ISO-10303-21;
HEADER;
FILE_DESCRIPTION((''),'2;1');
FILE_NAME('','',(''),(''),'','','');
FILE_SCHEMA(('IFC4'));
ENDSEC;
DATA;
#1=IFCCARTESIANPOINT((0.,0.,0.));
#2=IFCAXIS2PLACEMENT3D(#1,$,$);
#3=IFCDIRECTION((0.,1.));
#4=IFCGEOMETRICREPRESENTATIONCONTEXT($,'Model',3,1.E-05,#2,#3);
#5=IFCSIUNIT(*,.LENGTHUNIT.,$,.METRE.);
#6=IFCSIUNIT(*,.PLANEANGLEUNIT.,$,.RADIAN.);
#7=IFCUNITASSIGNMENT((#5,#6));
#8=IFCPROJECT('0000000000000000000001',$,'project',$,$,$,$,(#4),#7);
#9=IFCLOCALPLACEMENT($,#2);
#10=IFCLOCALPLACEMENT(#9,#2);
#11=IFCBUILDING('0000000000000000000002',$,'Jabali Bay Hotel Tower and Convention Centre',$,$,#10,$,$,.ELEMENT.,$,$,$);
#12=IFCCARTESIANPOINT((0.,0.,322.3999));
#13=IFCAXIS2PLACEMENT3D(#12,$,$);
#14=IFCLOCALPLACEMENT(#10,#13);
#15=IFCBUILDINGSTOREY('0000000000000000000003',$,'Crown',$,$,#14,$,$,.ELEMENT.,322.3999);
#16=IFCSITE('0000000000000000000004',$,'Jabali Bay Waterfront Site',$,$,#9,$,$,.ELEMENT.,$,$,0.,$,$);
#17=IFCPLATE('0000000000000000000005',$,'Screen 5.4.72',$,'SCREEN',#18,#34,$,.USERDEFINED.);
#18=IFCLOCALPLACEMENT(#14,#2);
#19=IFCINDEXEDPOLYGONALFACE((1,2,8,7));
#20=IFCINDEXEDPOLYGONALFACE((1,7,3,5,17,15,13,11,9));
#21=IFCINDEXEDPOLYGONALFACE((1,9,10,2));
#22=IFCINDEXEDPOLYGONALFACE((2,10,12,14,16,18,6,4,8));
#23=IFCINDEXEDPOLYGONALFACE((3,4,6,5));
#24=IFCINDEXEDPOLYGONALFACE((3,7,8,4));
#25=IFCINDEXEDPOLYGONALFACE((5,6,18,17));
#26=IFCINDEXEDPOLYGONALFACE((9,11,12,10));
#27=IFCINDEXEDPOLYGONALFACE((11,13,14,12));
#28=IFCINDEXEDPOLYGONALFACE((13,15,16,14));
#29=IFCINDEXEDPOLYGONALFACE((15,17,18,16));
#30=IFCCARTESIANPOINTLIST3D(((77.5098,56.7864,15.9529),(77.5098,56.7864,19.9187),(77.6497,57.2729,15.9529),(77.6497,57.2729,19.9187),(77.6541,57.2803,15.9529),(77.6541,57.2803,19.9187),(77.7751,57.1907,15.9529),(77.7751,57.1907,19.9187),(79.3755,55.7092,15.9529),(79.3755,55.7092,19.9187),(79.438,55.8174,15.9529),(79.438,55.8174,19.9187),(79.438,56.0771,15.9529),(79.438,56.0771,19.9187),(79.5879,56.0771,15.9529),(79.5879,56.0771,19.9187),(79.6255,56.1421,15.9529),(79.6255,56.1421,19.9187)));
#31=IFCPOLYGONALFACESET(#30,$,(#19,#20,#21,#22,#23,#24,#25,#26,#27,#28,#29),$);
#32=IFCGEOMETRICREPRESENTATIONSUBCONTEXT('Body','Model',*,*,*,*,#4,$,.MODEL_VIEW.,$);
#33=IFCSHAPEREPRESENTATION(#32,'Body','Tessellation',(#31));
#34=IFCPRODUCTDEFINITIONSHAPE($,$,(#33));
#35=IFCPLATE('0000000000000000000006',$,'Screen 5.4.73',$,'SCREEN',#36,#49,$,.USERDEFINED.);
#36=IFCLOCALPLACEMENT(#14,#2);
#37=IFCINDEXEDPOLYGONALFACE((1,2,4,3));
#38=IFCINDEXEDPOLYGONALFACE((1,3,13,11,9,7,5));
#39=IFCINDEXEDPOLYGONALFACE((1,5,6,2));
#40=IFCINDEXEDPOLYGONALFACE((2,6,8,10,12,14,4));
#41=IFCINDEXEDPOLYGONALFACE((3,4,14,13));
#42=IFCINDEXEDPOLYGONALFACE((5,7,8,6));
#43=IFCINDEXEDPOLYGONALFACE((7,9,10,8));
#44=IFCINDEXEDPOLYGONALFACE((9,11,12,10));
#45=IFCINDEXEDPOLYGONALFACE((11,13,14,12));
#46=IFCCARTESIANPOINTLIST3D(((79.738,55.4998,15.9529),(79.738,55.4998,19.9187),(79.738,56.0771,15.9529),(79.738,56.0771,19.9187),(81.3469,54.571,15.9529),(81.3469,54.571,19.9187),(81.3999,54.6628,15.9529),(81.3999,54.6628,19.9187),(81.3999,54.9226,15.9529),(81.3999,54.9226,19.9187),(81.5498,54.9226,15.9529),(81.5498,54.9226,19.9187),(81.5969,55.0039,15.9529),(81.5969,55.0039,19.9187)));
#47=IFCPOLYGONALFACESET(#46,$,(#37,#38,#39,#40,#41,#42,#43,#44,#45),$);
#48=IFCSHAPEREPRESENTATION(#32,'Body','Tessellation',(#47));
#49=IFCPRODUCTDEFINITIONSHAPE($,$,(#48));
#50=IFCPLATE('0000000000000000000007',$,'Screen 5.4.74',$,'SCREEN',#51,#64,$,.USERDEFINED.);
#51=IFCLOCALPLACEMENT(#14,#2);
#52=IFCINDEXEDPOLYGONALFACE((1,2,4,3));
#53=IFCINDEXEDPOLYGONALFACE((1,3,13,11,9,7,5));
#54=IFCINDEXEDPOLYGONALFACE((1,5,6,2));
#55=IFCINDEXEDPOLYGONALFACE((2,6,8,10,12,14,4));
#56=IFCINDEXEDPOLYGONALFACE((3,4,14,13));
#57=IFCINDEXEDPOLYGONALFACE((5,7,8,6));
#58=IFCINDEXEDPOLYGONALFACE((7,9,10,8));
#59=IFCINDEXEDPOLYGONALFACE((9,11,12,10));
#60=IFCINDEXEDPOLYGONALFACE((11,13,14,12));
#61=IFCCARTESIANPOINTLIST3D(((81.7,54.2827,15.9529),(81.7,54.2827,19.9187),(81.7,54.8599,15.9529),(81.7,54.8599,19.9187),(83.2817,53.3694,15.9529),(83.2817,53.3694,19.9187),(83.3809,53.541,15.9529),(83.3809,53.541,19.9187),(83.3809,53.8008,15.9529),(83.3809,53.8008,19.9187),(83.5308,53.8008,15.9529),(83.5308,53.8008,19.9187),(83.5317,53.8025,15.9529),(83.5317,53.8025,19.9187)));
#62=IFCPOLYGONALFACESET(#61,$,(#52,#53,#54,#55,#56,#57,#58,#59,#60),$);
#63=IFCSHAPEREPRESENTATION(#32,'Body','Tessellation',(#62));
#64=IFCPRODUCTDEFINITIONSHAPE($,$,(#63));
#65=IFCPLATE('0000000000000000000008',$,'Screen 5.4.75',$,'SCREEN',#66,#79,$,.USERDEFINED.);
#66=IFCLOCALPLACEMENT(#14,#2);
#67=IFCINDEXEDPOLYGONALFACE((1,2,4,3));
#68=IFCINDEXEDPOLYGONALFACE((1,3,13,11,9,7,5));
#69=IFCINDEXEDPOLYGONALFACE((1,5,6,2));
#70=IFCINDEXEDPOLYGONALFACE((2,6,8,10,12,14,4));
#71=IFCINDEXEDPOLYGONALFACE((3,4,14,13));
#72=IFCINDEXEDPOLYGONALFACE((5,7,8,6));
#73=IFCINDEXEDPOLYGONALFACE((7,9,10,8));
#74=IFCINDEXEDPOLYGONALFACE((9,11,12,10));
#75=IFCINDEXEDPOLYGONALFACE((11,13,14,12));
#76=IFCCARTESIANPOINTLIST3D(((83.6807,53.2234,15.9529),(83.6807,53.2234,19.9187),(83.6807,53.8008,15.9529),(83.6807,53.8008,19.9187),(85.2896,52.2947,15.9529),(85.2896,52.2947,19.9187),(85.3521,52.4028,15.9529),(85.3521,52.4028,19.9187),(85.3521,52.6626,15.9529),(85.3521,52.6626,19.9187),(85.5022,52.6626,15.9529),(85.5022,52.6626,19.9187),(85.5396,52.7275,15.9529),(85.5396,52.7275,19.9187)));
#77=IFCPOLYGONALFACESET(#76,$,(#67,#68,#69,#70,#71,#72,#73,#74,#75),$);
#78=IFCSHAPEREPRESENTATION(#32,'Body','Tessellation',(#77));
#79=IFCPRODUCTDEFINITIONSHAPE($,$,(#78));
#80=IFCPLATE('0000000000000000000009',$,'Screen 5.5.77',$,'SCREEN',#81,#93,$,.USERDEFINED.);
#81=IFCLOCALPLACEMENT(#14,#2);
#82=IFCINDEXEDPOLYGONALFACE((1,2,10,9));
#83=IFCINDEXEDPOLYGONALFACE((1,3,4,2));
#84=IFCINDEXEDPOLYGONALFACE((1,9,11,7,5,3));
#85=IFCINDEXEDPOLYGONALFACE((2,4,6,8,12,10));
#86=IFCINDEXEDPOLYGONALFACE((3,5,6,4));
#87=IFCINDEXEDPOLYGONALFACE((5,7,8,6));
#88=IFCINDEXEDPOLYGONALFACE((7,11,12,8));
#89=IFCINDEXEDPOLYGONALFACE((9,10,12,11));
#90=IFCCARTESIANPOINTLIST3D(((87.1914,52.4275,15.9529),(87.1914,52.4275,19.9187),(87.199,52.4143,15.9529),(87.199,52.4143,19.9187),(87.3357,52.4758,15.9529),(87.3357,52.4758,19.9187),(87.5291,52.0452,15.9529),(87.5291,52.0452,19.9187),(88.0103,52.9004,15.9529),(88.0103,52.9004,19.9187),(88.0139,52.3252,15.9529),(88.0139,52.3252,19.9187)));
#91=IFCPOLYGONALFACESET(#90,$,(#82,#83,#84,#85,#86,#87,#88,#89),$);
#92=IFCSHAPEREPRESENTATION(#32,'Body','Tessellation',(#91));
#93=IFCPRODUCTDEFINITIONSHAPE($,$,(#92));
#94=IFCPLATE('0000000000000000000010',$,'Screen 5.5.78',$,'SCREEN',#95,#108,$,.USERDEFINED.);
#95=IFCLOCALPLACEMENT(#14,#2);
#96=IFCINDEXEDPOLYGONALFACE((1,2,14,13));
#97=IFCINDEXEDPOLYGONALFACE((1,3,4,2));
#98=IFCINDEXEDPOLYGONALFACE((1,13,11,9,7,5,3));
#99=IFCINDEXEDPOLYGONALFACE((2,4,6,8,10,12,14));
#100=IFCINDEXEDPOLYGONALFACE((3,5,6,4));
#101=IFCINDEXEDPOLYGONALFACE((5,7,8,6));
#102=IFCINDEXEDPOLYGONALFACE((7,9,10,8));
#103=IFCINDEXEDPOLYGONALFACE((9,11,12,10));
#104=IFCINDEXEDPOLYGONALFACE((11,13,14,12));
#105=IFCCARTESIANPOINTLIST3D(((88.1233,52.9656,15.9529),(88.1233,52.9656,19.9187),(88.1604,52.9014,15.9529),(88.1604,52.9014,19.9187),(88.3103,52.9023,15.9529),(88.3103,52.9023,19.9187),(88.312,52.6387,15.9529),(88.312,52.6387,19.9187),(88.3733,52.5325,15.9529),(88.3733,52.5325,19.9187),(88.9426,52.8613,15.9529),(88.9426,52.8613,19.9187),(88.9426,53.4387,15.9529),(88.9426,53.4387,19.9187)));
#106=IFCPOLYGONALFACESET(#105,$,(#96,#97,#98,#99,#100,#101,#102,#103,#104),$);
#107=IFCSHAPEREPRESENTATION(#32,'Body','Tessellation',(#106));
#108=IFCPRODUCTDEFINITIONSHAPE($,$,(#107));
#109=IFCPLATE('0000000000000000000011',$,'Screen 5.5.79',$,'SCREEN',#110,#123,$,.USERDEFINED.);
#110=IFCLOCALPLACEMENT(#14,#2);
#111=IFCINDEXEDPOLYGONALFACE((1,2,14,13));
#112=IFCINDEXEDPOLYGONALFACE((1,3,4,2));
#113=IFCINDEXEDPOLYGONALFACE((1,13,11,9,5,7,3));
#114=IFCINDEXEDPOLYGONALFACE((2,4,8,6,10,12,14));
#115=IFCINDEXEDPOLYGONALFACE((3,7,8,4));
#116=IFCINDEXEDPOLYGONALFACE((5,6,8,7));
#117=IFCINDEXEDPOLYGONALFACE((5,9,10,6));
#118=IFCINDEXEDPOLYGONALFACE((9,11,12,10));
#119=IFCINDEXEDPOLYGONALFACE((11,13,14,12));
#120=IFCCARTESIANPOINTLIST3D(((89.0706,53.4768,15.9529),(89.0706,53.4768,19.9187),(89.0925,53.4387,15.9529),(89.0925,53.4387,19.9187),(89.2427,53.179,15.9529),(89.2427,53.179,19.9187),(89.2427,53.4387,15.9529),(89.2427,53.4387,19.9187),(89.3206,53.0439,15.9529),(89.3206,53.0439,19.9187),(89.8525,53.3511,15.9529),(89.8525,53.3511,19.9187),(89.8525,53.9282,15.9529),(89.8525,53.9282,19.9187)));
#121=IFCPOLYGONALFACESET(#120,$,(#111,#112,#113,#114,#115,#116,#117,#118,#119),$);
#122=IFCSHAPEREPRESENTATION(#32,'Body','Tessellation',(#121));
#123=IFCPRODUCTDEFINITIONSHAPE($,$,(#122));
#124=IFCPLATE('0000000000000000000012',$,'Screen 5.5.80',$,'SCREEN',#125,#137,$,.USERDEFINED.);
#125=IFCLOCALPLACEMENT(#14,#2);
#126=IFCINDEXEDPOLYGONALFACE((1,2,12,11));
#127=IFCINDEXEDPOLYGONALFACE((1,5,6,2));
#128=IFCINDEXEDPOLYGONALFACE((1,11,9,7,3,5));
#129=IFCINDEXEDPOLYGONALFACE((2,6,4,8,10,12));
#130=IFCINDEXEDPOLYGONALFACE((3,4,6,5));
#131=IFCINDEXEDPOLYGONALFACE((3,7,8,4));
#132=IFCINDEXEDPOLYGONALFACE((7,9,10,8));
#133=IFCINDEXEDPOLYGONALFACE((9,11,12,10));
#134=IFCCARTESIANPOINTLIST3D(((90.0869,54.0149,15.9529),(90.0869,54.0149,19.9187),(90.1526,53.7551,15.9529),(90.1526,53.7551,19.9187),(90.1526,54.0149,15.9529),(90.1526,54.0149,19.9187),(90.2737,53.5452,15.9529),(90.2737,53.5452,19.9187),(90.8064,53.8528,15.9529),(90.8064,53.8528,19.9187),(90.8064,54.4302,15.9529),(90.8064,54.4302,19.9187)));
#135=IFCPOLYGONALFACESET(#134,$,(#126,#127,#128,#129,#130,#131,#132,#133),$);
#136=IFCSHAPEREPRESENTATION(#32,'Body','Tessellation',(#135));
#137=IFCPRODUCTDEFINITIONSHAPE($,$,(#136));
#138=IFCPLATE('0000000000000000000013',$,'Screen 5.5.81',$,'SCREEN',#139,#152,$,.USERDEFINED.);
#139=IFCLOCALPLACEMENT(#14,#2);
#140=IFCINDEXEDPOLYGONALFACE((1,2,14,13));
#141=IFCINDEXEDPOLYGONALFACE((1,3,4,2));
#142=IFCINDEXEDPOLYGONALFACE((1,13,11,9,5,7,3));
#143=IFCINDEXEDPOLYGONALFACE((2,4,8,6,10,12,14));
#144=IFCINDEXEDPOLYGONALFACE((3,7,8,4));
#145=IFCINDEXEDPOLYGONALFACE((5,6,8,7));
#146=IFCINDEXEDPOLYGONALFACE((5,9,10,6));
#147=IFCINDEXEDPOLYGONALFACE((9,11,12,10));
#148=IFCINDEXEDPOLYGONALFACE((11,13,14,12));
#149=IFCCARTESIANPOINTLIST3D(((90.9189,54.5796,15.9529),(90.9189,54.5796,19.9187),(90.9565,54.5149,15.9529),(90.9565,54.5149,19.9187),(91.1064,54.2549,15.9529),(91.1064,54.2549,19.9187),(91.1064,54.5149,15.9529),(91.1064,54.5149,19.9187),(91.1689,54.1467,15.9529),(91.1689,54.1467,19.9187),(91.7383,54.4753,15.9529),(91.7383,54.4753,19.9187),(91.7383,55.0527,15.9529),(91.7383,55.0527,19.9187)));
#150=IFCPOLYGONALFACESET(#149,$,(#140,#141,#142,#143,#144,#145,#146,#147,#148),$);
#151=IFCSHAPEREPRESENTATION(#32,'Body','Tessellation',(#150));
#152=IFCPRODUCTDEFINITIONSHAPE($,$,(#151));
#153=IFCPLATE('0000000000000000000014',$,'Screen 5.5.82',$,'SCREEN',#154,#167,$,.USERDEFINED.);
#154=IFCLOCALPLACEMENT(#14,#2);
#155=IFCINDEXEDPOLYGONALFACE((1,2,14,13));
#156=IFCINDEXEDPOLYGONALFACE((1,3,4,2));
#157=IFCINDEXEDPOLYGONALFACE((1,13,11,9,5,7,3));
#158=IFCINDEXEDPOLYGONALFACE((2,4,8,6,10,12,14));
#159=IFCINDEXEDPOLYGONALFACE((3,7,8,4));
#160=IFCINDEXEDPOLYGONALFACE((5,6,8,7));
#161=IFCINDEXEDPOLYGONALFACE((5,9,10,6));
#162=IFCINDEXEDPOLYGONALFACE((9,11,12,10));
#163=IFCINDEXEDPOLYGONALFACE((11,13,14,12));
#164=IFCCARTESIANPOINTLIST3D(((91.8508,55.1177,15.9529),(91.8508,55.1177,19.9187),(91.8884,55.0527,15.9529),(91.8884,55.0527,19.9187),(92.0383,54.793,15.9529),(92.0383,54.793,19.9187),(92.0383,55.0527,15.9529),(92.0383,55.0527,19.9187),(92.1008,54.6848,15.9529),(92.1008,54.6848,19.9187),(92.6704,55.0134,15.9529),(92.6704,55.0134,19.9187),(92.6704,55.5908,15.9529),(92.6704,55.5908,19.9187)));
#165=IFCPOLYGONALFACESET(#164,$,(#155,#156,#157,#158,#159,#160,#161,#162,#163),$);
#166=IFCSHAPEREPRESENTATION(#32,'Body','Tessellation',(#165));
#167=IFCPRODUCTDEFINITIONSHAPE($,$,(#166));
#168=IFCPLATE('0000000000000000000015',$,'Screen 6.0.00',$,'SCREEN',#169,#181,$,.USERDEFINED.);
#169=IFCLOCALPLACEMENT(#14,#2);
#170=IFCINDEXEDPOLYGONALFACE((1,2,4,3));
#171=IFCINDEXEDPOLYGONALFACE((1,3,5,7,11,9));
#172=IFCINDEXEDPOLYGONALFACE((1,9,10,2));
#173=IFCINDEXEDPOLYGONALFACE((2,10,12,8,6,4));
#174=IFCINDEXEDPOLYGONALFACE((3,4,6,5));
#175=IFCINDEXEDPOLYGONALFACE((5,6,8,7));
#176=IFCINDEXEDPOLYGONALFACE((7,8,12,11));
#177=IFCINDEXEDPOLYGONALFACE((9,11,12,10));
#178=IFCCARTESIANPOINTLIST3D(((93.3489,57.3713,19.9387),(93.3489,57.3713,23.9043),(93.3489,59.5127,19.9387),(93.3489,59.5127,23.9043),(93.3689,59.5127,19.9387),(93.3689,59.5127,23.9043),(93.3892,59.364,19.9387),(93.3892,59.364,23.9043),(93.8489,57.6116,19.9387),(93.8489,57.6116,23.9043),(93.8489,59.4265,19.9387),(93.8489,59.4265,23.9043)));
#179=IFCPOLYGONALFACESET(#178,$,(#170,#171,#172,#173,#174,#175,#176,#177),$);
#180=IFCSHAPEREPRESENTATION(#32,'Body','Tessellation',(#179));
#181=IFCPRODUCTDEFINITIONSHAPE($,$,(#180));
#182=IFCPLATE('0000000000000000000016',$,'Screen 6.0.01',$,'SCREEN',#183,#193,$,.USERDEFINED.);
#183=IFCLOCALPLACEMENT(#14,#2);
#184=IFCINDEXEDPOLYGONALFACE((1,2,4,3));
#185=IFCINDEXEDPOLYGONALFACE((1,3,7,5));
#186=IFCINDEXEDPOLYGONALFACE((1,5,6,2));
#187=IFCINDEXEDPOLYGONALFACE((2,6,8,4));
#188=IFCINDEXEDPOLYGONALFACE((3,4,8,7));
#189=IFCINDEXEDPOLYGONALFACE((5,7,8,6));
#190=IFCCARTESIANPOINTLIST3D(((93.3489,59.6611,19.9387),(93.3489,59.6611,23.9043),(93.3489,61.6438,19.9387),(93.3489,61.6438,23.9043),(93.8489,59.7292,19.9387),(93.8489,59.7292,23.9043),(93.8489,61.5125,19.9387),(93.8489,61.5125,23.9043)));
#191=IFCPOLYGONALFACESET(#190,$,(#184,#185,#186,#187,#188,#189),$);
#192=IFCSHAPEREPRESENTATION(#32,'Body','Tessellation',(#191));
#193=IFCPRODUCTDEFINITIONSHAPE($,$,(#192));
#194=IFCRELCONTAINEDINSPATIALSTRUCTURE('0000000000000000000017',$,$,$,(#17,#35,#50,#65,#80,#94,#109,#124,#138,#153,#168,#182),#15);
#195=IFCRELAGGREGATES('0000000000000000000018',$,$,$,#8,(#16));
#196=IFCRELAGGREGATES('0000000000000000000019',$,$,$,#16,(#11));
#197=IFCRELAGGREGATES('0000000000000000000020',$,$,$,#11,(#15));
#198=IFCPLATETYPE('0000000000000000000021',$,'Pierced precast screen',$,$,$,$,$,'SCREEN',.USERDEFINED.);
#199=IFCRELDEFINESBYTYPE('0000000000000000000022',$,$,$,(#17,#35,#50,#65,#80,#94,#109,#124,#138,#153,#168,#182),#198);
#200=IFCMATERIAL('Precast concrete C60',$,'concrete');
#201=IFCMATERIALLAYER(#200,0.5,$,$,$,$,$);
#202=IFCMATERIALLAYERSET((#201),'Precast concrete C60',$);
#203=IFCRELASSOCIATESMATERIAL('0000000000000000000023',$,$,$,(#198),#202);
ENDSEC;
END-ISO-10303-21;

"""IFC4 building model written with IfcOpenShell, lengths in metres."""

from ifc_helpers import new_model, si_unit, direction, frame, origin, place, context, subcontext, project, spatial, polyline, outline, extrude, material, layer, layer_set, type_object, element, save


model = new_model("IFC4")

# Units and contexts
model_context = context("Model", 3, precision=1e-05, world=origin(), true_north=direction((0.0, 1.0)))
body_context = subcontext(model_context, "Body", "Model", "MODEL_VIEW")
ifc_project = project(units=[si_unit("LENGTHUNIT", "METRE"), si_unit("PLANEANGLEUNIT", "RADIAN")], contexts=[model_context])

# Site, building, storey
site_placement = place(None, origin())
site = spatial("IfcSite", under=ifc_project, at=site_placement, Name="Jabali Bay Waterfront Site", CompositionType="ELEMENT", RefElevation=0.0)
building_placement = place(site_placement, origin())
building = spatial("IfcBuilding", under=site, at=building_placement, Name="Jabali Bay Hotel Tower and Convention Centre", CompositionType="ELEMENT")
storey_placement = place(building_placement, frame((0.0, 0.0, 322.3999)))
storey = spatial("IfcBuildingStorey", under=building, at=storey_placement, Name="Crown", CompositionType="ELEMENT", Elevation=322.3999)

# Plates
ifc_material = material(Name="Precast concrete C60", Category="concrete")
ifc_layer = layer(ifc_material, 0.5)
ifc_layer_set = layer_set([ifc_layer], Name="Precast concrete C60")
plate_type = type_object("IfcPlateType", Name="Pierced precast screen", ElementType="SCREEN", PredefinedType="USERDEFINED", material=ifc_layer_set)
plate_1_placement = place(storey_placement, frame((0.0, 0.0, 15.9529)))
element("IfcPlate", 1, at=plate_1_placement, inside=storey, type_object=plate_type, Name="Screen 5.4.72", ObjectType="SCREEN", PredefinedType="USERDEFINED", context=body_context, shape_type="SweptSolid", body=[
    extrude(outline(polyline([(79.6255, 56.1421), (77.6541, 57.2803), (77.6497, 57.2729), (77.7751, 57.1907), (77.5098, 56.7864), (79.3755, 55.7092), (79.438, 55.8174), (79.438, 56.0771), (79.5879, 56.0771), (79.6255, 56.1421)])), origin(), (0.0, 0.0, 1.0), 3.9658),
])
plate_2_placement = place(storey_placement, frame((0.0, 0.0, 15.9529)))
element("IfcPlate", 2, at=plate_2_placement, inside=storey, type_object=plate_type, Name="Screen 5.4.73", ObjectType="SCREEN", PredefinedType="USERDEFINED", context=body_context, shape_type="SweptSolid", body=[
    extrude(outline(polyline([(81.5969, 55.0039), (79.738, 56.0771), (79.738, 55.4998), (81.3469, 54.571), (81.3999, 54.6628), (81.3999, 54.9226), (81.5498, 54.9226), (81.5969, 55.0039)])), origin(), (0.0, 0.0, 1.0), 3.9658),
])
plate_3_placement = place(storey_placement, frame((0.0, 0.0, 15.9529)))
element("IfcPlate", 3, at=plate_3_placement, inside=storey, type_object=plate_type, Name="Screen 5.4.74", ObjectType="SCREEN", PredefinedType="USERDEFINED", context=body_context, shape_type="SweptSolid", body=[
    extrude(outline(polyline([(83.5317, 53.8025), (81.7, 54.8599), (81.7, 54.2827), (83.2817, 53.3694), (83.3809, 53.541), (83.3809, 53.8008), (83.5308, 53.8008), (83.5317, 53.8025)])), origin(), (0.0, 0.0, 1.0), 3.9658),
])
plate_4_placement = place(storey_placement, frame((0.0, 0.0, 15.9529)))
element("IfcPlate", 4, at=plate_4_placement, inside=storey, type_object=plate_type, Name="Screen 5.4.75", ObjectType="SCREEN", PredefinedType="USERDEFINED", context=body_context, shape_type="SweptSolid", body=[
    extrude(outline(polyline([(85.5396, 52.7275), (83.6807, 53.8008), (83.6807, 53.2234), (85.2896, 52.2947), (85.3521, 52.4028), (85.3521, 52.6626), (85.5022, 52.6626), (85.5396, 52.7275)])), origin(), (0.0, 0.0, 1.0), 3.9658),
])
plate_5_placement = place(storey_placement, frame((0.0, 0.0, 15.9529)))
element("IfcPlate", 5, at=plate_5_placement, inside=storey, type_object=plate_type, Name="Screen 5.5.77", ObjectType="SCREEN", PredefinedType="USERDEFINED", context=body_context, shape_type="SweptSolid", body=[
    extrude(outline(polyline([(88.0103, 52.9004), (87.1914, 52.4275), (87.199, 52.4143), (87.3357, 52.4758), (87.5291, 52.0452), (88.0139, 52.3252), (88.0103, 52.9004)])), origin(), (0.0, 0.0, 1.0), 3.9658),
])
plate_6_placement = place(storey_placement, frame((0.0, 0.0, 15.9529)))
element("IfcPlate", 6, at=plate_6_placement, inside=storey, type_object=plate_type, Name="Screen 5.5.78", ObjectType="SCREEN", PredefinedType="USERDEFINED", context=body_context, shape_type="SweptSolid", body=[
    extrude(outline(polyline([(88.9426, 53.4387), (88.1233, 52.9656), (88.1604, 52.9014), (88.3103, 52.9023), (88.312, 52.6387), (88.3733, 52.5325), (88.9426, 52.8613), (88.9426, 53.4387)])), origin(), (0.0, 0.0, 1.0), 3.9658),
])
plate_7_placement = place(storey_placement, frame((0.0, 0.0, 15.9529)))
element("IfcPlate", 7, at=plate_7_placement, inside=storey, type_object=plate_type, Name="Screen 5.5.79", ObjectType="SCREEN", PredefinedType="USERDEFINED", context=body_context, shape_type="SweptSolid", body=[
    extrude(outline(polyline([(89.8525, 53.9282), (89.0706, 53.4768), (89.0925, 53.4387), (89.2427, 53.4387), (89.2427, 53.179), (89.3206, 53.0439), (89.8525, 53.3511), (89.8525, 53.9282)])), origin(), (0.0, 0.0, 1.0), 3.9658),
])
plate_8_placement = place(storey_placement, frame((0.0, 0.0, 15.9529)))
element("IfcPlate", 8, at=plate_8_placement, inside=storey, type_object=plate_type, Name="Screen 5.5.80", ObjectType="SCREEN", PredefinedType="USERDEFINED", context=body_context, shape_type="SweptSolid", body=[
    extrude(outline(polyline([(90.8064, 54.4302), (90.0869, 54.0149), (90.1526, 54.0149), (90.1526, 53.7551), (90.2737, 53.5452), (90.8064, 53.8528), (90.8064, 54.4302)])), origin(), (0.0, 0.0, 1.0), 3.9658),
])
plate_9_placement = place(storey_placement, frame((0.0, 0.0, 15.9529)))
element("IfcPlate", 9, at=plate_9_placement, inside=storey, type_object=plate_type, Name="Screen 5.5.81", ObjectType="SCREEN", PredefinedType="USERDEFINED", context=body_context, shape_type="SweptSolid", body=[
    extrude(outline(polyline([(91.7383, 55.0527), (90.9189, 54.5796), (90.9565, 54.5149), (91.1064, 54.5149), (91.1064, 54.2549), (91.1689, 54.1467), (91.7383, 54.4753), (91.7383, 55.0527)])), origin(), (0.0, 0.0, 1.0), 3.9658),
])
plate_10_placement = place(storey_placement, frame((0.0, 0.0, 15.9529)))
element("IfcPlate", 10, at=plate_10_placement, inside=storey, type_object=plate_type, Name="Screen 5.5.82", ObjectType="SCREEN", PredefinedType="USERDEFINED", context=body_context, shape_type="SweptSolid", body=[
    extrude(outline(polyline([(92.6704, 55.5908), (91.8508, 55.1177), (91.8884, 55.0527), (92.0383, 55.0527), (92.0383, 54.793), (92.1008, 54.6848), (92.6704, 55.0134), (92.6704, 55.5908)])), origin(), (0.0, 0.0, 1.0), 3.9658),
])
plate_11_placement = place(storey_placement, frame((0.0, 0.0, 19.9387)))
element("IfcPlate", 11, at=plate_11_placement, inside=storey, type_object=plate_type, Name="Screen 6.0.00", ObjectType="SCREEN", PredefinedType="USERDEFINED", context=body_context, shape_type="SweptSolid", body=[
    extrude(outline(polyline([(93.3489, 59.5127), (93.3489, 57.3713), (93.8489, 57.6116), (93.8489, 59.4265), (93.3892, 59.364), (93.3689, 59.5127), (93.3489, 59.5127)])), origin(), (0.0, 0.0, 1.0), 3.9656),
])
plate_12_placement = place(storey_placement, frame((0.0, 0.0, 19.9387)))
element("IfcPlate", 12, at=plate_12_placement, inside=storey, type_object=plate_type, Name="Screen 6.0.01", ObjectType="SCREEN", PredefinedType="USERDEFINED", context=body_context, shape_type="SweptSolid", body=[
    extrude(outline(polyline([(93.3489, 61.6438), (93.3489, 59.6611), (93.8489, 59.7292), (93.8489, 61.5125), (93.3489, 61.6438)])), origin(), (0.0, 0.0, 1.0), 3.9656),
])

save(model, "model.ifc")
